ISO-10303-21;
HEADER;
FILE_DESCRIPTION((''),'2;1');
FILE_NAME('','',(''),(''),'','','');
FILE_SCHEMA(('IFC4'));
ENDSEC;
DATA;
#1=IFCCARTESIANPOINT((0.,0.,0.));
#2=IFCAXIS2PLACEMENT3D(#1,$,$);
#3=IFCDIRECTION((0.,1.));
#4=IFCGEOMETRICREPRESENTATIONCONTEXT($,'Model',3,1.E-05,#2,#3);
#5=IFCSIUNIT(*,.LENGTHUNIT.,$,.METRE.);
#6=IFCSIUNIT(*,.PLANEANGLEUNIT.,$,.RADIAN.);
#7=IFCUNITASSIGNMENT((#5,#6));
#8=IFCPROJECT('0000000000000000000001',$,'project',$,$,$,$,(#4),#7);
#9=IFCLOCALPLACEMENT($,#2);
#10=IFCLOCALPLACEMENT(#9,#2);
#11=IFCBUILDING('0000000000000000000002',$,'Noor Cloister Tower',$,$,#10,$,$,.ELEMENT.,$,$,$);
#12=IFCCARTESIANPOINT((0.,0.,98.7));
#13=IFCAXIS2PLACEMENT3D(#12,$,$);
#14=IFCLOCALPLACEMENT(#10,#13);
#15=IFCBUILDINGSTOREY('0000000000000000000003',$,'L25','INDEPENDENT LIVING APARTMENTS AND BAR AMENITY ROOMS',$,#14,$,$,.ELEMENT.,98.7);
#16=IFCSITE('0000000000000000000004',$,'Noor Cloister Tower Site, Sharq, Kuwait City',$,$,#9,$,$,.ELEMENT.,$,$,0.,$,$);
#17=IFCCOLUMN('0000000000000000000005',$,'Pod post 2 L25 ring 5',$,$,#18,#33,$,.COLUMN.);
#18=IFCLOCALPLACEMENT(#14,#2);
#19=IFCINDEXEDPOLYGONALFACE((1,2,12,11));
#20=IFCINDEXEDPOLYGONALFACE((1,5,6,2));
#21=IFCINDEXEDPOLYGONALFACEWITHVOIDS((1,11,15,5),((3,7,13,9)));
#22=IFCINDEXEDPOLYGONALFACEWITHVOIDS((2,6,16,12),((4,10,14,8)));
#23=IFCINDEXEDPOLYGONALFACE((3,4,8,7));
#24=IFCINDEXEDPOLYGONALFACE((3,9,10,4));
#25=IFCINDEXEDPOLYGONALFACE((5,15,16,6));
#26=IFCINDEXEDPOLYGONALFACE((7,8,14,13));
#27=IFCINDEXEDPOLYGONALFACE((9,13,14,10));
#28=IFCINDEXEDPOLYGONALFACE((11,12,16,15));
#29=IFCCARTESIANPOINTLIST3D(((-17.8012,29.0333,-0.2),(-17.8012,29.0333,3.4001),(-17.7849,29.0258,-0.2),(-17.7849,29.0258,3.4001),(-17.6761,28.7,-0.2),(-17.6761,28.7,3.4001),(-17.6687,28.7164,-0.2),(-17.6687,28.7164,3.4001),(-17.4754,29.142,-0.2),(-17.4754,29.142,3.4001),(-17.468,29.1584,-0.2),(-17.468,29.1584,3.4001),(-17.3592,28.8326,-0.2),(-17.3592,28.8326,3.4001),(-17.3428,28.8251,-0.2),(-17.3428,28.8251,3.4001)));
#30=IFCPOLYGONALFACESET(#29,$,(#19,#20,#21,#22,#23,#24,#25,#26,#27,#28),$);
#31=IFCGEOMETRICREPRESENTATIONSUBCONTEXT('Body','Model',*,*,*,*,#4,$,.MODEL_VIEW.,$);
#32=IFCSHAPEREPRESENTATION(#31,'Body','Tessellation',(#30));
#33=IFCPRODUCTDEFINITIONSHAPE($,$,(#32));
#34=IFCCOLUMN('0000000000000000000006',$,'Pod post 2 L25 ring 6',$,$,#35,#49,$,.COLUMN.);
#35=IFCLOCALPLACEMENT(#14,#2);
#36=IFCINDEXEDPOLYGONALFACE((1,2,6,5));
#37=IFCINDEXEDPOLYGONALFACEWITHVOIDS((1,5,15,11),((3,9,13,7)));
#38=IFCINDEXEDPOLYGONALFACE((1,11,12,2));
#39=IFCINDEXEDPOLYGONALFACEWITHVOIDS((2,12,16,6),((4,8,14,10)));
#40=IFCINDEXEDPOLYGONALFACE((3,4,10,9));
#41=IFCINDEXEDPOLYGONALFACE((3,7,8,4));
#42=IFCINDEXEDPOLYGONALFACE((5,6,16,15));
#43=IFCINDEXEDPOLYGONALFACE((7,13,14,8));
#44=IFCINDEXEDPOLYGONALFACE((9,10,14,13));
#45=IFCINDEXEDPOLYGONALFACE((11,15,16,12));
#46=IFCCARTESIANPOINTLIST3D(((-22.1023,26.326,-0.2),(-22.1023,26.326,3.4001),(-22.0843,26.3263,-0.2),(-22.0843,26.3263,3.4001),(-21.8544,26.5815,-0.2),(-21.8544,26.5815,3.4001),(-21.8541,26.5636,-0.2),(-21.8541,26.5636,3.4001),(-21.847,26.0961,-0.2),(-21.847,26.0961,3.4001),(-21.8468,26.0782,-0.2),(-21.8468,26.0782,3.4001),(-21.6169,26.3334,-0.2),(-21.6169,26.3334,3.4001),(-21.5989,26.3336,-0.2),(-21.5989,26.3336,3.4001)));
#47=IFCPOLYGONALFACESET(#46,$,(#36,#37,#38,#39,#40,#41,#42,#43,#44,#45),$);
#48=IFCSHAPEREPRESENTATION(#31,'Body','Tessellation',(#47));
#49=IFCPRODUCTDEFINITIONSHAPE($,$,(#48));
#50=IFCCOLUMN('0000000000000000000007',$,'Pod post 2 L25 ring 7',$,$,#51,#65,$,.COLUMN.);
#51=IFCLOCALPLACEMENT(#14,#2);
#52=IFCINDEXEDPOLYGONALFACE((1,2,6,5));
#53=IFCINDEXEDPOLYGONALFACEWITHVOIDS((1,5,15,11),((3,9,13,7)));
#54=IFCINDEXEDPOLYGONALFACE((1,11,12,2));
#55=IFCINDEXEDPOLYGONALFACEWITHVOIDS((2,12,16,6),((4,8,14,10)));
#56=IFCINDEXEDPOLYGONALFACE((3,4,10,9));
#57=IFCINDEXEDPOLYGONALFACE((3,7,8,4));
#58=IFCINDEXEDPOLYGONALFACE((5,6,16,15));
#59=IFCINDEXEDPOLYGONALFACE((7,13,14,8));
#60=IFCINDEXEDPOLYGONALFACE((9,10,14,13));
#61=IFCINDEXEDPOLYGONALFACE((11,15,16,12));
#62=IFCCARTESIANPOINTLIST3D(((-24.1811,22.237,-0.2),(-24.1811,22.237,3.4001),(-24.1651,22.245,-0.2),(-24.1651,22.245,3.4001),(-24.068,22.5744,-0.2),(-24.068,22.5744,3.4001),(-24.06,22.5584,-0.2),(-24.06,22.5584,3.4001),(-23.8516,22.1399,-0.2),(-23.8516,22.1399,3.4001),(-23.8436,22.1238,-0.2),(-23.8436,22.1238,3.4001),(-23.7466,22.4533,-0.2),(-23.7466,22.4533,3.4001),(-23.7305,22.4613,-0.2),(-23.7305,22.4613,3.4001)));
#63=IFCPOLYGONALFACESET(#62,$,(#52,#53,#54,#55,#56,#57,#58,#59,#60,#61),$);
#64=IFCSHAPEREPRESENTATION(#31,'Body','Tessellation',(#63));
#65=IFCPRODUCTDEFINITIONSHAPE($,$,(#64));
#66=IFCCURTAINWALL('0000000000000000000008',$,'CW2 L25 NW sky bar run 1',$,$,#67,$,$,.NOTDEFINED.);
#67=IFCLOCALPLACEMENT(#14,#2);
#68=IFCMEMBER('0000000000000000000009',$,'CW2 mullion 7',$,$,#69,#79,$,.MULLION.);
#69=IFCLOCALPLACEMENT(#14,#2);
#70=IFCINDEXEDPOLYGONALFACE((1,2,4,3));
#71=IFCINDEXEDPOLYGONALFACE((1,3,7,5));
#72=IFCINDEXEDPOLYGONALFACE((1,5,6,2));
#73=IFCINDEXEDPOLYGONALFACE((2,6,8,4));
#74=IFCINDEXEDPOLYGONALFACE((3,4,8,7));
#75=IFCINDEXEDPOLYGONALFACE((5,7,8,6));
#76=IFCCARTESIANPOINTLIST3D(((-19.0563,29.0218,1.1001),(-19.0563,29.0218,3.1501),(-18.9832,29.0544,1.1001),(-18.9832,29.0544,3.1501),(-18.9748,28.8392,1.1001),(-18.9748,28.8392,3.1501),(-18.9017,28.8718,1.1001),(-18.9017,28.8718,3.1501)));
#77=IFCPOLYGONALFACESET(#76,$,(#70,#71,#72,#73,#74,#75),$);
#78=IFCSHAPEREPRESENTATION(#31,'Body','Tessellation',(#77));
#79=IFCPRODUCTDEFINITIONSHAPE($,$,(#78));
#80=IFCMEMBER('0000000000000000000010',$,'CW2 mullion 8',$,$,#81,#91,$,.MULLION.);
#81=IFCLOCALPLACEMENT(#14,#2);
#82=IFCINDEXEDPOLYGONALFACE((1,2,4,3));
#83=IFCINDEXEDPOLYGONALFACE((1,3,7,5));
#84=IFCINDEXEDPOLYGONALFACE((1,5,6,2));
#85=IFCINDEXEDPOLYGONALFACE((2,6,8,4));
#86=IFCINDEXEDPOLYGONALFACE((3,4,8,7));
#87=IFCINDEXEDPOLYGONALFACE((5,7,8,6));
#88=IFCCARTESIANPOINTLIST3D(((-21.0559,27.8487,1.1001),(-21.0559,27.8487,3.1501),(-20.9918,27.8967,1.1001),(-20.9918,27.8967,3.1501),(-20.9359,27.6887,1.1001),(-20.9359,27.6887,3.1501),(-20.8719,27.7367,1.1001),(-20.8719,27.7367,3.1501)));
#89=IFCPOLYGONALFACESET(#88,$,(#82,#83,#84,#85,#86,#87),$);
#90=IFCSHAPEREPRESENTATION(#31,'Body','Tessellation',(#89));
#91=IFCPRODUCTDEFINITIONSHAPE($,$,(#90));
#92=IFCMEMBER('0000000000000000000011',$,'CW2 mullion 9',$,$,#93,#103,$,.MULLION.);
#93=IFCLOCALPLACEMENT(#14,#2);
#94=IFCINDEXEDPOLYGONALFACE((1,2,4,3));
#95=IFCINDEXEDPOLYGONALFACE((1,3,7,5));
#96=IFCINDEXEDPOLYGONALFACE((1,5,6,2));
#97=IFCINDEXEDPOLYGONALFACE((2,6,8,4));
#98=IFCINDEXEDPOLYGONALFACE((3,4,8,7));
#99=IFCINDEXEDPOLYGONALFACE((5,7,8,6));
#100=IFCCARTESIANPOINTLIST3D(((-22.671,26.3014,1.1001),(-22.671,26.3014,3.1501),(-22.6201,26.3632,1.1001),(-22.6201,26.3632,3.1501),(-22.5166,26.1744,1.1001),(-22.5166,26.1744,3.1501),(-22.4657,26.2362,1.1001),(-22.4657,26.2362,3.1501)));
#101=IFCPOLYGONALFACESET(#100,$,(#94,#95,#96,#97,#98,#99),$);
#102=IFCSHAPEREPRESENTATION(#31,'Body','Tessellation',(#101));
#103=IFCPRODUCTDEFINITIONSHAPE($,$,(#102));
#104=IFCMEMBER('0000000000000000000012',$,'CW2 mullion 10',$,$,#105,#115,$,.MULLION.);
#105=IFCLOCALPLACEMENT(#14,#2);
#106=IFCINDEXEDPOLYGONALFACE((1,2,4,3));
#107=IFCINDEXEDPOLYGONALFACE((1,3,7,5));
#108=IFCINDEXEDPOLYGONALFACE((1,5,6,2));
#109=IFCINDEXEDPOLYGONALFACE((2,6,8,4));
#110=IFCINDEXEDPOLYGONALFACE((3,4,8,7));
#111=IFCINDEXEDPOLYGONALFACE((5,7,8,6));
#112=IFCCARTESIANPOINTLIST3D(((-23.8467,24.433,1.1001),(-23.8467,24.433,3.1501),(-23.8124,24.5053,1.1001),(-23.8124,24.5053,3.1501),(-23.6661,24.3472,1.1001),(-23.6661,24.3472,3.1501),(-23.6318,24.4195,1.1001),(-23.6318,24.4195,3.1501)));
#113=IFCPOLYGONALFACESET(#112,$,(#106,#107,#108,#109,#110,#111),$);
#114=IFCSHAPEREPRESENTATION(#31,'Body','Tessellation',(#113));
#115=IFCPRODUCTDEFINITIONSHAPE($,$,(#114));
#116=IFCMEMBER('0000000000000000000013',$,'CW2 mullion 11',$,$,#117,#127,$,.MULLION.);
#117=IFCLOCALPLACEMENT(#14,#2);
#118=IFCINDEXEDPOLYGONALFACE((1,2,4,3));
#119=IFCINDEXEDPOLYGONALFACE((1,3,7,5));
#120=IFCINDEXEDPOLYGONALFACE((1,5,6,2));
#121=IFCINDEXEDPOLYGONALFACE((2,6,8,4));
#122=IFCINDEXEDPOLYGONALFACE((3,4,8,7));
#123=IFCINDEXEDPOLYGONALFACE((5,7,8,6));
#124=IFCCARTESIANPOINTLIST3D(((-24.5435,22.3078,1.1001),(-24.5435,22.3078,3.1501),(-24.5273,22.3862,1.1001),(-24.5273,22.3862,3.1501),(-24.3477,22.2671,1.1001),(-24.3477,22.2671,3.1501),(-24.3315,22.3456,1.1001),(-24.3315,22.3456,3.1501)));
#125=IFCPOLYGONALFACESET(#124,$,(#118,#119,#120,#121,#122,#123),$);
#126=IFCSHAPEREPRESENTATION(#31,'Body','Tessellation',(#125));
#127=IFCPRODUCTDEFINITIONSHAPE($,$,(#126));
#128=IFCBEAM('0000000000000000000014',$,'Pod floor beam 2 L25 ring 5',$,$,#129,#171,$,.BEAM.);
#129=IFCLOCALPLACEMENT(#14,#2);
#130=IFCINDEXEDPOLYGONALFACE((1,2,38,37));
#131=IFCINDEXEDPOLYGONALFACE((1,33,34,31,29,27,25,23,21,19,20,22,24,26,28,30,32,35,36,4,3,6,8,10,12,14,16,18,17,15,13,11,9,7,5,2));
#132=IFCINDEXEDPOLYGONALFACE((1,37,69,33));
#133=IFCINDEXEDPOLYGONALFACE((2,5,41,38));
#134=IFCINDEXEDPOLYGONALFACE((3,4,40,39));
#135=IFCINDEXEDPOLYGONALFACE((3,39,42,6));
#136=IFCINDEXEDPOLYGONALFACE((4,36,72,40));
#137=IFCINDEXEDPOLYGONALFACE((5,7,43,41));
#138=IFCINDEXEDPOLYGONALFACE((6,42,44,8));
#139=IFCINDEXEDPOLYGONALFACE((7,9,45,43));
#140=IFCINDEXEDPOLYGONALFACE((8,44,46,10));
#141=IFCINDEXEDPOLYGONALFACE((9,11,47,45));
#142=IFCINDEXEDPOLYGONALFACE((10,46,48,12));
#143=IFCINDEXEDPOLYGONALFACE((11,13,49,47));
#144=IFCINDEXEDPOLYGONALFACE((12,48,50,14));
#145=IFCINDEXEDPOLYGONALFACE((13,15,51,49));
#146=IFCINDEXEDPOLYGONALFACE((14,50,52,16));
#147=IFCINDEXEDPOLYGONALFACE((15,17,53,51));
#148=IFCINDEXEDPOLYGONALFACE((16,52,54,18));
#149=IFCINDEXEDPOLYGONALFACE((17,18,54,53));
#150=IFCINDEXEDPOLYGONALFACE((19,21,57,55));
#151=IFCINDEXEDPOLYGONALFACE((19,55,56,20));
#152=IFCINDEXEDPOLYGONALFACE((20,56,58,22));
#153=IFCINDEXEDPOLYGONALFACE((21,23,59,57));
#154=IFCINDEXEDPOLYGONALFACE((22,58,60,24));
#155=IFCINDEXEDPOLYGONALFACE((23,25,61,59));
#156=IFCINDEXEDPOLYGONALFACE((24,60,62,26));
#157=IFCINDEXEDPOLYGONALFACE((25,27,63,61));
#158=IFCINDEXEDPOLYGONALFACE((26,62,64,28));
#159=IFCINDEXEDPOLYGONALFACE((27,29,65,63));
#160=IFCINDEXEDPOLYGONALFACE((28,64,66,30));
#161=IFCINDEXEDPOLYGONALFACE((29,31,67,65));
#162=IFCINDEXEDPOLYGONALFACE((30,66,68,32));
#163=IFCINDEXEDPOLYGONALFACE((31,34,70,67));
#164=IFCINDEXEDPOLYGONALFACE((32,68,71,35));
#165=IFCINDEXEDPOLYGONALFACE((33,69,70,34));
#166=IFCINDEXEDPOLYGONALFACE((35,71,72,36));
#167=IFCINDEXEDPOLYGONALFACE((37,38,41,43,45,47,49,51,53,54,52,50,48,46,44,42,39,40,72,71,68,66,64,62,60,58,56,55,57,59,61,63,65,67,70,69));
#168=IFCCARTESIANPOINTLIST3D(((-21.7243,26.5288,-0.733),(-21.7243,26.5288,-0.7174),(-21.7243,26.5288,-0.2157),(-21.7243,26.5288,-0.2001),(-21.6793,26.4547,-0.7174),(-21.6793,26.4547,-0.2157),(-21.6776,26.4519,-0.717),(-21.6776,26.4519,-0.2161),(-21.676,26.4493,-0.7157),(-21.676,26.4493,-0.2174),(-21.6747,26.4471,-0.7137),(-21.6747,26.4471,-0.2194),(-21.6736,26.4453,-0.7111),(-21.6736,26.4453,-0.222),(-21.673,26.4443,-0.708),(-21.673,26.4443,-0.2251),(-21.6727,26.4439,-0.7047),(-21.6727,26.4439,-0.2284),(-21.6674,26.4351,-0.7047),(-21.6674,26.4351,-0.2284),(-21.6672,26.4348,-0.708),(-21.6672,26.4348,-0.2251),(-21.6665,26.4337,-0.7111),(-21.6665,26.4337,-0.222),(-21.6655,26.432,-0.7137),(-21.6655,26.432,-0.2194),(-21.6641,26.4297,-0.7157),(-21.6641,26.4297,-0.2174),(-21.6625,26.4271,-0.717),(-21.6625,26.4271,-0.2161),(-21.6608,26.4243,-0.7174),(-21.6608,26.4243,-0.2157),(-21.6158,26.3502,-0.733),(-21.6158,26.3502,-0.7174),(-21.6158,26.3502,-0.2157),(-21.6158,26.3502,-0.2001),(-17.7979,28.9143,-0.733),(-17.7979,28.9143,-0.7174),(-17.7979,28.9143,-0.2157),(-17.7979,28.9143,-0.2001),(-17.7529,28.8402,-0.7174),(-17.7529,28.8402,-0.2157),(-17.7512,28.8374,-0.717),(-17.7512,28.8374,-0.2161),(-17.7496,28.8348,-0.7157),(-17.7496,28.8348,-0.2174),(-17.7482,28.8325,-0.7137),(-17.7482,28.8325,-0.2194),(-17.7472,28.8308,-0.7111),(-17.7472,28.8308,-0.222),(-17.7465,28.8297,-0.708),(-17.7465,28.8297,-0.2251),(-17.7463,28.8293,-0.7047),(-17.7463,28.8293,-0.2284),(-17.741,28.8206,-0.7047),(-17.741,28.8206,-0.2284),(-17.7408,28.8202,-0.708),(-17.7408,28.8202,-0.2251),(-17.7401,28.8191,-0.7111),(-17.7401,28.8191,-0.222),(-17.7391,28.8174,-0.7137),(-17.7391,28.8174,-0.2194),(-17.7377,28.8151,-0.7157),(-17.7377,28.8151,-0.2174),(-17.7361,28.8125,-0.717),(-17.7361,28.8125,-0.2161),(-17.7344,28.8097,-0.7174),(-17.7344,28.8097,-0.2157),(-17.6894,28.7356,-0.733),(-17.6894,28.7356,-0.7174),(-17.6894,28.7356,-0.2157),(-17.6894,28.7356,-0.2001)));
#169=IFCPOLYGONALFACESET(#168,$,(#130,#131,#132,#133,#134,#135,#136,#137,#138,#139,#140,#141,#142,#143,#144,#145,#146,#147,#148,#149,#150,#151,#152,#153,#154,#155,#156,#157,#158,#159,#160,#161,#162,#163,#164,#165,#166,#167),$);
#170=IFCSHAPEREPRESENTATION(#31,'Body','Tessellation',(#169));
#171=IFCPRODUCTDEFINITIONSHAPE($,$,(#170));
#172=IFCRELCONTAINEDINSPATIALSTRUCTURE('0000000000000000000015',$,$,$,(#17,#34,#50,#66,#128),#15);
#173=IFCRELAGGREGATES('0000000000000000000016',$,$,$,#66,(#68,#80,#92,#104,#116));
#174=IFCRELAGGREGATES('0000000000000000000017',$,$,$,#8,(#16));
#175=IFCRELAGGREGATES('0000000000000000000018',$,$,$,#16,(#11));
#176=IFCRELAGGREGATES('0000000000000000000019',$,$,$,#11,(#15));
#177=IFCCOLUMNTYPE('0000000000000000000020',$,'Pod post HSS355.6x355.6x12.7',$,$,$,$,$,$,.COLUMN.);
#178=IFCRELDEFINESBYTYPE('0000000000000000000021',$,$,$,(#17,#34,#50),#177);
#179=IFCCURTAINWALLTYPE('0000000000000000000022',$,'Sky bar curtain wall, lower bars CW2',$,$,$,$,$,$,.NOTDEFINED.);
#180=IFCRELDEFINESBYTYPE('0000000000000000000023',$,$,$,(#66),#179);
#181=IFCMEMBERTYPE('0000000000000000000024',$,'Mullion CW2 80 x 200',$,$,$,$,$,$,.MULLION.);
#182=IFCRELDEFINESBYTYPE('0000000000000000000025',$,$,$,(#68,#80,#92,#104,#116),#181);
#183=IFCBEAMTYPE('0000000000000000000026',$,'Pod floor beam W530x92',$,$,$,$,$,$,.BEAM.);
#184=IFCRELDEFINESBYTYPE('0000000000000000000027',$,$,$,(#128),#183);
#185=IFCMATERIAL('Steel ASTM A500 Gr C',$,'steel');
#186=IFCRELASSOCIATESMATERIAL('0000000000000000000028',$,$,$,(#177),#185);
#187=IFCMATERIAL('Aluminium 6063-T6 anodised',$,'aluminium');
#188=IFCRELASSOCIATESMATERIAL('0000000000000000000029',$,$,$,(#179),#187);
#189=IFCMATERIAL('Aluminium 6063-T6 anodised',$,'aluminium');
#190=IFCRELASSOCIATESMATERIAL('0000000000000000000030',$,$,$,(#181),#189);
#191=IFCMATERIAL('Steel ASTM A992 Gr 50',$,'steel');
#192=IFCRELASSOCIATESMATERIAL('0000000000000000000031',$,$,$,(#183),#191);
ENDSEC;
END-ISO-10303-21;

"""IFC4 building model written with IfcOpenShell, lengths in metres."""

from ifc_helpers import new_model, si_unit, direction, frame, origin, origin_2d, place, context, subcontext, project, spatial, rectangle, hollow_rectangle, i_section, extrude, material, material_profile, profile_set, type_object, element, aggregate, save


model = new_model("IFC4")

# Units and contexts
model_context = context("Model", 3, precision=1e-05, world=origin(), true_north=direction((0.0, 1.0)))
body_context = subcontext(model_context, "Body", "Model", "MODEL_VIEW")
ifc_project = project(units=[si_unit("LENGTHUNIT", "METRE"), si_unit("PLANEANGLEUNIT", "RADIAN")], contexts=[model_context])

# Site, building, storey
site_placement = place(None, origin())
site = spatial("IfcSite", under=ifc_project, at=site_placement, Name="Noor Cloister Tower Site, Sharq, Kuwait City", CompositionType="ELEMENT", RefElevation=0.0)
building_placement = place(site_placement, origin())
building = spatial("IfcBuilding", under=site, at=building_placement, Name="Noor Cloister Tower", CompositionType="ELEMENT")
storey_placement = place(building_placement, frame((0.0, 0.0, 98.7)))
storey = spatial("IfcBuildingStorey", under=building, at=storey_placement, Name="L25", Description="INDEPENDENT LIVING APARTMENTS AND BAR AMENITY ROOMS", CompositionType="ELEMENT", Elevation=98.7)

# Columns
ifc_material_1 = material(Name="Steel ASTM A500 Gr C", Category="steel")
ifc_material_profile_1 = material_profile(ifc_material_1, hollow_rectangle(XDim=0.356, YDim=0.356, WallThickness=0.0127, at=origin_2d()), Name="HSS355.6x355.6x12.7")
ifc_profile_set_1 = profile_set([ifc_material_profile_1], Name="Steel ASTM A500 Gr C")
column_type = type_object("IfcColumnType", Name="Pod post HSS355.6x355.6x12.7", PredefinedType="COLUMN", material=ifc_profile_set_1)
for number, where, z_axis, x_axis, name in (
    (1, (-17.572, 28.9292, -0.2), (0.0, 0.0, 1.0), (-0.936173, -0.351541, 0.0), "Pod post 2 L25 ring 5"),
    (2, (-21.8506, 26.3298, -0.2), (0.0, 0.0, 1.0), (-0.696323, -0.717728, 0.0), "Pod post 2 L25 ring 6"),
    (3, (-23.9558, 22.3491, -0.2), (0.0, 0.0, 1.0), (-0.317909, -0.948121, 0.0), "Pod post 2 L25 ring 7"),
):
    element("IfcColumn", number, at=place(storey_placement, frame(where, z_axis=z_axis, x_axis=x_axis)), inside=storey, type_object=column_type, Name=name, PredefinedType="COLUMN", context=body_context, shape_type="SweptSolid", body=[
        extrude(hollow_rectangle(XDim=0.356, YDim=0.356, WallThickness=0.0127, at=origin_2d()), origin(), (0.0, 0.0, 1.0), 3.6001),
    ])

# Curtain wall, members
ifc_material_2 = material(Name="Aluminium 6063-T6 anodised", Category="aluminium")
curtain_wall_type = type_object("IfcCurtainWallType", Name="Sky bar curtain wall, lower bars CW2", PredefinedType="NOTDEFINED", material=ifc_material_2)
curtain_wall_placement = place(storey_placement, origin())
curtain_wall = element("IfcCurtainWall", 4, at=curtain_wall_placement, inside=storey, type_object=curtain_wall_type, Name="CW2 L25 NW sky bar run 1", PredefinedType="NOTDEFINED")
ifc_material_3 = material(Name="Aluminium 6063-T6 anodised", Category="aluminium")
ifc_material_profile_2 = material_profile(ifc_material_3, rectangle(XDim=0.2, YDim=0.0801, at=origin_2d()), Name="200 x 80 mullion")
ifc_profile_set_2 = profile_set([ifc_material_profile_2], Name="Aluminium 6063-T6 anodised")
member_type = type_object("IfcMemberType", Name="Mullion CW2 80 x 200", PredefinedType="MULLION", material=ifc_profile_set_2)
member_1_placement = place(storey_placement, frame((-18.979, 28.9468, 1.1001), z_axis=(0.0, 0.0, 1.0), x_axis=(0.407604, -0.913159, 0.0)))
member_1 = element("IfcMember", 5, at=member_1_placement, type_object=member_type, Name="CW2 mullion 7", PredefinedType="MULLION", context=body_context, shape_type="SweptSolid", body=[
    extrude(rectangle(XDim=0.2, YDim=0.0801, at=origin_2d()), origin(), (0.0, 0.0, 1.0), 2.05),
])
member_2_placement = place(storey_placement, frame((-20.9639, 27.7927, 1.1001), z_axis=(0.0, 0.0, 1.0), x_axis=(0.599729, -0.800203, 0.0)))
member_2 = element("IfcMember", 6, at=member_2_placement, type_object=member_type, Name="CW2 mullion 8", PredefinedType="MULLION", context=body_context, shape_type="SweptSolid", body=[
    extrude(rectangle(XDim=0.2, YDim=0.0801, at=origin_2d()), origin(), (0.0, 0.0, 1.0), 2.05),
])
member_3_placement = place(storey_placement, frame((-22.5684, 26.2688, 1.1001), z_axis=(0.0, 0.0, 1.0), x_axis=(0.772133, -0.635461, 0.0)))
member_3 = element("IfcMember", 7, at=member_3_placement, type_object=member_type, Name="CW2 mullion 9", PredefinedType="MULLION", context=body_context, shape_type="SweptSolid", body=[
    extrude(rectangle(XDim=0.2, YDim=0.0801, at=origin_2d()), origin(), (0.0, 0.0, 1.0), 2.05),
])
member_4_placement = place(storey_placement, frame((-23.7393, 24.4263, 1.1001), z_axis=(0.0, 0.0, 1.0), x_axis=(0.903209, -0.429201, 0.0)))
member_4 = element("IfcMember", 8, at=member_4_placement, type_object=member_type, Name="CW2 mullion 10", PredefinedType="MULLION", context=body_context, shape_type="SweptSolid", body=[
    extrude(rectangle(XDim=0.2, YDim=0.0801, at=origin_2d()), origin(), (0.0, 0.0, 1.0), 2.05),
])
member_5_placement = place(storey_placement, frame((-24.4375, 22.3267, 1.1001), z_axis=(0.0, 0.0, 1.0), x_axis=(0.979147, -0.203155, 0.0)))
member_5 = element("IfcMember", 9, at=member_5_placement, type_object=member_type, Name="CW2 mullion 11", PredefinedType="MULLION", context=body_context, shape_type="SweptSolid", body=[
    extrude(rectangle(XDim=0.2, YDim=0.0801, at=origin_2d()), origin(), (0.0, 0.0, 1.0), 2.05),
])

# Beam
ifc_material_4 = material(Name="Steel ASTM A992 Gr 50", Category="steel")
ifc_material_profile_3 = material_profile(ifc_material_4, i_section(OverallWidth=0.209, OverallDepth=0.533, WebThickness=0.0103, FlangeThickness=0.0156, FilletRadius=0.0127, at=origin_2d()), Name="W530x92")
ifc_profile_set_3 = profile_set([ifc_material_profile_3], Name="Steel ASTM A992 Gr 50")
beam_type = type_object("IfcBeamType", Name="Pod floor beam W530x92", PredefinedType="BEAM", material=ifc_profile_set_3)
beam_1_placement = place(storey_placement, frame((-17.7437, 28.825, -0.4666), z_axis=(-0.854638, -0.519224, 0.0), x_axis=(0.519224, -0.854638, 0.0)))
element("IfcBeam", 10, at=beam_1_placement, inside=storey, type_object=beam_type, Name="Pod floor beam 2 L25 ring 5", PredefinedType="BEAM", context=body_context, shape_type="SweptSolid", body=[
    extrude(i_section(OverallWidth=0.209, OverallDepth=0.533, WebThickness=0.0103, FlangeThickness=0.0156, FilletRadius=0.0127, at=origin_2d()), origin(), (0.0, 0.0, 1.0), 4.5942),
])

aggregate(curtain_wall, [member_1, member_2, member_3, member_4, member_5])

save(model, "model.ifc")
